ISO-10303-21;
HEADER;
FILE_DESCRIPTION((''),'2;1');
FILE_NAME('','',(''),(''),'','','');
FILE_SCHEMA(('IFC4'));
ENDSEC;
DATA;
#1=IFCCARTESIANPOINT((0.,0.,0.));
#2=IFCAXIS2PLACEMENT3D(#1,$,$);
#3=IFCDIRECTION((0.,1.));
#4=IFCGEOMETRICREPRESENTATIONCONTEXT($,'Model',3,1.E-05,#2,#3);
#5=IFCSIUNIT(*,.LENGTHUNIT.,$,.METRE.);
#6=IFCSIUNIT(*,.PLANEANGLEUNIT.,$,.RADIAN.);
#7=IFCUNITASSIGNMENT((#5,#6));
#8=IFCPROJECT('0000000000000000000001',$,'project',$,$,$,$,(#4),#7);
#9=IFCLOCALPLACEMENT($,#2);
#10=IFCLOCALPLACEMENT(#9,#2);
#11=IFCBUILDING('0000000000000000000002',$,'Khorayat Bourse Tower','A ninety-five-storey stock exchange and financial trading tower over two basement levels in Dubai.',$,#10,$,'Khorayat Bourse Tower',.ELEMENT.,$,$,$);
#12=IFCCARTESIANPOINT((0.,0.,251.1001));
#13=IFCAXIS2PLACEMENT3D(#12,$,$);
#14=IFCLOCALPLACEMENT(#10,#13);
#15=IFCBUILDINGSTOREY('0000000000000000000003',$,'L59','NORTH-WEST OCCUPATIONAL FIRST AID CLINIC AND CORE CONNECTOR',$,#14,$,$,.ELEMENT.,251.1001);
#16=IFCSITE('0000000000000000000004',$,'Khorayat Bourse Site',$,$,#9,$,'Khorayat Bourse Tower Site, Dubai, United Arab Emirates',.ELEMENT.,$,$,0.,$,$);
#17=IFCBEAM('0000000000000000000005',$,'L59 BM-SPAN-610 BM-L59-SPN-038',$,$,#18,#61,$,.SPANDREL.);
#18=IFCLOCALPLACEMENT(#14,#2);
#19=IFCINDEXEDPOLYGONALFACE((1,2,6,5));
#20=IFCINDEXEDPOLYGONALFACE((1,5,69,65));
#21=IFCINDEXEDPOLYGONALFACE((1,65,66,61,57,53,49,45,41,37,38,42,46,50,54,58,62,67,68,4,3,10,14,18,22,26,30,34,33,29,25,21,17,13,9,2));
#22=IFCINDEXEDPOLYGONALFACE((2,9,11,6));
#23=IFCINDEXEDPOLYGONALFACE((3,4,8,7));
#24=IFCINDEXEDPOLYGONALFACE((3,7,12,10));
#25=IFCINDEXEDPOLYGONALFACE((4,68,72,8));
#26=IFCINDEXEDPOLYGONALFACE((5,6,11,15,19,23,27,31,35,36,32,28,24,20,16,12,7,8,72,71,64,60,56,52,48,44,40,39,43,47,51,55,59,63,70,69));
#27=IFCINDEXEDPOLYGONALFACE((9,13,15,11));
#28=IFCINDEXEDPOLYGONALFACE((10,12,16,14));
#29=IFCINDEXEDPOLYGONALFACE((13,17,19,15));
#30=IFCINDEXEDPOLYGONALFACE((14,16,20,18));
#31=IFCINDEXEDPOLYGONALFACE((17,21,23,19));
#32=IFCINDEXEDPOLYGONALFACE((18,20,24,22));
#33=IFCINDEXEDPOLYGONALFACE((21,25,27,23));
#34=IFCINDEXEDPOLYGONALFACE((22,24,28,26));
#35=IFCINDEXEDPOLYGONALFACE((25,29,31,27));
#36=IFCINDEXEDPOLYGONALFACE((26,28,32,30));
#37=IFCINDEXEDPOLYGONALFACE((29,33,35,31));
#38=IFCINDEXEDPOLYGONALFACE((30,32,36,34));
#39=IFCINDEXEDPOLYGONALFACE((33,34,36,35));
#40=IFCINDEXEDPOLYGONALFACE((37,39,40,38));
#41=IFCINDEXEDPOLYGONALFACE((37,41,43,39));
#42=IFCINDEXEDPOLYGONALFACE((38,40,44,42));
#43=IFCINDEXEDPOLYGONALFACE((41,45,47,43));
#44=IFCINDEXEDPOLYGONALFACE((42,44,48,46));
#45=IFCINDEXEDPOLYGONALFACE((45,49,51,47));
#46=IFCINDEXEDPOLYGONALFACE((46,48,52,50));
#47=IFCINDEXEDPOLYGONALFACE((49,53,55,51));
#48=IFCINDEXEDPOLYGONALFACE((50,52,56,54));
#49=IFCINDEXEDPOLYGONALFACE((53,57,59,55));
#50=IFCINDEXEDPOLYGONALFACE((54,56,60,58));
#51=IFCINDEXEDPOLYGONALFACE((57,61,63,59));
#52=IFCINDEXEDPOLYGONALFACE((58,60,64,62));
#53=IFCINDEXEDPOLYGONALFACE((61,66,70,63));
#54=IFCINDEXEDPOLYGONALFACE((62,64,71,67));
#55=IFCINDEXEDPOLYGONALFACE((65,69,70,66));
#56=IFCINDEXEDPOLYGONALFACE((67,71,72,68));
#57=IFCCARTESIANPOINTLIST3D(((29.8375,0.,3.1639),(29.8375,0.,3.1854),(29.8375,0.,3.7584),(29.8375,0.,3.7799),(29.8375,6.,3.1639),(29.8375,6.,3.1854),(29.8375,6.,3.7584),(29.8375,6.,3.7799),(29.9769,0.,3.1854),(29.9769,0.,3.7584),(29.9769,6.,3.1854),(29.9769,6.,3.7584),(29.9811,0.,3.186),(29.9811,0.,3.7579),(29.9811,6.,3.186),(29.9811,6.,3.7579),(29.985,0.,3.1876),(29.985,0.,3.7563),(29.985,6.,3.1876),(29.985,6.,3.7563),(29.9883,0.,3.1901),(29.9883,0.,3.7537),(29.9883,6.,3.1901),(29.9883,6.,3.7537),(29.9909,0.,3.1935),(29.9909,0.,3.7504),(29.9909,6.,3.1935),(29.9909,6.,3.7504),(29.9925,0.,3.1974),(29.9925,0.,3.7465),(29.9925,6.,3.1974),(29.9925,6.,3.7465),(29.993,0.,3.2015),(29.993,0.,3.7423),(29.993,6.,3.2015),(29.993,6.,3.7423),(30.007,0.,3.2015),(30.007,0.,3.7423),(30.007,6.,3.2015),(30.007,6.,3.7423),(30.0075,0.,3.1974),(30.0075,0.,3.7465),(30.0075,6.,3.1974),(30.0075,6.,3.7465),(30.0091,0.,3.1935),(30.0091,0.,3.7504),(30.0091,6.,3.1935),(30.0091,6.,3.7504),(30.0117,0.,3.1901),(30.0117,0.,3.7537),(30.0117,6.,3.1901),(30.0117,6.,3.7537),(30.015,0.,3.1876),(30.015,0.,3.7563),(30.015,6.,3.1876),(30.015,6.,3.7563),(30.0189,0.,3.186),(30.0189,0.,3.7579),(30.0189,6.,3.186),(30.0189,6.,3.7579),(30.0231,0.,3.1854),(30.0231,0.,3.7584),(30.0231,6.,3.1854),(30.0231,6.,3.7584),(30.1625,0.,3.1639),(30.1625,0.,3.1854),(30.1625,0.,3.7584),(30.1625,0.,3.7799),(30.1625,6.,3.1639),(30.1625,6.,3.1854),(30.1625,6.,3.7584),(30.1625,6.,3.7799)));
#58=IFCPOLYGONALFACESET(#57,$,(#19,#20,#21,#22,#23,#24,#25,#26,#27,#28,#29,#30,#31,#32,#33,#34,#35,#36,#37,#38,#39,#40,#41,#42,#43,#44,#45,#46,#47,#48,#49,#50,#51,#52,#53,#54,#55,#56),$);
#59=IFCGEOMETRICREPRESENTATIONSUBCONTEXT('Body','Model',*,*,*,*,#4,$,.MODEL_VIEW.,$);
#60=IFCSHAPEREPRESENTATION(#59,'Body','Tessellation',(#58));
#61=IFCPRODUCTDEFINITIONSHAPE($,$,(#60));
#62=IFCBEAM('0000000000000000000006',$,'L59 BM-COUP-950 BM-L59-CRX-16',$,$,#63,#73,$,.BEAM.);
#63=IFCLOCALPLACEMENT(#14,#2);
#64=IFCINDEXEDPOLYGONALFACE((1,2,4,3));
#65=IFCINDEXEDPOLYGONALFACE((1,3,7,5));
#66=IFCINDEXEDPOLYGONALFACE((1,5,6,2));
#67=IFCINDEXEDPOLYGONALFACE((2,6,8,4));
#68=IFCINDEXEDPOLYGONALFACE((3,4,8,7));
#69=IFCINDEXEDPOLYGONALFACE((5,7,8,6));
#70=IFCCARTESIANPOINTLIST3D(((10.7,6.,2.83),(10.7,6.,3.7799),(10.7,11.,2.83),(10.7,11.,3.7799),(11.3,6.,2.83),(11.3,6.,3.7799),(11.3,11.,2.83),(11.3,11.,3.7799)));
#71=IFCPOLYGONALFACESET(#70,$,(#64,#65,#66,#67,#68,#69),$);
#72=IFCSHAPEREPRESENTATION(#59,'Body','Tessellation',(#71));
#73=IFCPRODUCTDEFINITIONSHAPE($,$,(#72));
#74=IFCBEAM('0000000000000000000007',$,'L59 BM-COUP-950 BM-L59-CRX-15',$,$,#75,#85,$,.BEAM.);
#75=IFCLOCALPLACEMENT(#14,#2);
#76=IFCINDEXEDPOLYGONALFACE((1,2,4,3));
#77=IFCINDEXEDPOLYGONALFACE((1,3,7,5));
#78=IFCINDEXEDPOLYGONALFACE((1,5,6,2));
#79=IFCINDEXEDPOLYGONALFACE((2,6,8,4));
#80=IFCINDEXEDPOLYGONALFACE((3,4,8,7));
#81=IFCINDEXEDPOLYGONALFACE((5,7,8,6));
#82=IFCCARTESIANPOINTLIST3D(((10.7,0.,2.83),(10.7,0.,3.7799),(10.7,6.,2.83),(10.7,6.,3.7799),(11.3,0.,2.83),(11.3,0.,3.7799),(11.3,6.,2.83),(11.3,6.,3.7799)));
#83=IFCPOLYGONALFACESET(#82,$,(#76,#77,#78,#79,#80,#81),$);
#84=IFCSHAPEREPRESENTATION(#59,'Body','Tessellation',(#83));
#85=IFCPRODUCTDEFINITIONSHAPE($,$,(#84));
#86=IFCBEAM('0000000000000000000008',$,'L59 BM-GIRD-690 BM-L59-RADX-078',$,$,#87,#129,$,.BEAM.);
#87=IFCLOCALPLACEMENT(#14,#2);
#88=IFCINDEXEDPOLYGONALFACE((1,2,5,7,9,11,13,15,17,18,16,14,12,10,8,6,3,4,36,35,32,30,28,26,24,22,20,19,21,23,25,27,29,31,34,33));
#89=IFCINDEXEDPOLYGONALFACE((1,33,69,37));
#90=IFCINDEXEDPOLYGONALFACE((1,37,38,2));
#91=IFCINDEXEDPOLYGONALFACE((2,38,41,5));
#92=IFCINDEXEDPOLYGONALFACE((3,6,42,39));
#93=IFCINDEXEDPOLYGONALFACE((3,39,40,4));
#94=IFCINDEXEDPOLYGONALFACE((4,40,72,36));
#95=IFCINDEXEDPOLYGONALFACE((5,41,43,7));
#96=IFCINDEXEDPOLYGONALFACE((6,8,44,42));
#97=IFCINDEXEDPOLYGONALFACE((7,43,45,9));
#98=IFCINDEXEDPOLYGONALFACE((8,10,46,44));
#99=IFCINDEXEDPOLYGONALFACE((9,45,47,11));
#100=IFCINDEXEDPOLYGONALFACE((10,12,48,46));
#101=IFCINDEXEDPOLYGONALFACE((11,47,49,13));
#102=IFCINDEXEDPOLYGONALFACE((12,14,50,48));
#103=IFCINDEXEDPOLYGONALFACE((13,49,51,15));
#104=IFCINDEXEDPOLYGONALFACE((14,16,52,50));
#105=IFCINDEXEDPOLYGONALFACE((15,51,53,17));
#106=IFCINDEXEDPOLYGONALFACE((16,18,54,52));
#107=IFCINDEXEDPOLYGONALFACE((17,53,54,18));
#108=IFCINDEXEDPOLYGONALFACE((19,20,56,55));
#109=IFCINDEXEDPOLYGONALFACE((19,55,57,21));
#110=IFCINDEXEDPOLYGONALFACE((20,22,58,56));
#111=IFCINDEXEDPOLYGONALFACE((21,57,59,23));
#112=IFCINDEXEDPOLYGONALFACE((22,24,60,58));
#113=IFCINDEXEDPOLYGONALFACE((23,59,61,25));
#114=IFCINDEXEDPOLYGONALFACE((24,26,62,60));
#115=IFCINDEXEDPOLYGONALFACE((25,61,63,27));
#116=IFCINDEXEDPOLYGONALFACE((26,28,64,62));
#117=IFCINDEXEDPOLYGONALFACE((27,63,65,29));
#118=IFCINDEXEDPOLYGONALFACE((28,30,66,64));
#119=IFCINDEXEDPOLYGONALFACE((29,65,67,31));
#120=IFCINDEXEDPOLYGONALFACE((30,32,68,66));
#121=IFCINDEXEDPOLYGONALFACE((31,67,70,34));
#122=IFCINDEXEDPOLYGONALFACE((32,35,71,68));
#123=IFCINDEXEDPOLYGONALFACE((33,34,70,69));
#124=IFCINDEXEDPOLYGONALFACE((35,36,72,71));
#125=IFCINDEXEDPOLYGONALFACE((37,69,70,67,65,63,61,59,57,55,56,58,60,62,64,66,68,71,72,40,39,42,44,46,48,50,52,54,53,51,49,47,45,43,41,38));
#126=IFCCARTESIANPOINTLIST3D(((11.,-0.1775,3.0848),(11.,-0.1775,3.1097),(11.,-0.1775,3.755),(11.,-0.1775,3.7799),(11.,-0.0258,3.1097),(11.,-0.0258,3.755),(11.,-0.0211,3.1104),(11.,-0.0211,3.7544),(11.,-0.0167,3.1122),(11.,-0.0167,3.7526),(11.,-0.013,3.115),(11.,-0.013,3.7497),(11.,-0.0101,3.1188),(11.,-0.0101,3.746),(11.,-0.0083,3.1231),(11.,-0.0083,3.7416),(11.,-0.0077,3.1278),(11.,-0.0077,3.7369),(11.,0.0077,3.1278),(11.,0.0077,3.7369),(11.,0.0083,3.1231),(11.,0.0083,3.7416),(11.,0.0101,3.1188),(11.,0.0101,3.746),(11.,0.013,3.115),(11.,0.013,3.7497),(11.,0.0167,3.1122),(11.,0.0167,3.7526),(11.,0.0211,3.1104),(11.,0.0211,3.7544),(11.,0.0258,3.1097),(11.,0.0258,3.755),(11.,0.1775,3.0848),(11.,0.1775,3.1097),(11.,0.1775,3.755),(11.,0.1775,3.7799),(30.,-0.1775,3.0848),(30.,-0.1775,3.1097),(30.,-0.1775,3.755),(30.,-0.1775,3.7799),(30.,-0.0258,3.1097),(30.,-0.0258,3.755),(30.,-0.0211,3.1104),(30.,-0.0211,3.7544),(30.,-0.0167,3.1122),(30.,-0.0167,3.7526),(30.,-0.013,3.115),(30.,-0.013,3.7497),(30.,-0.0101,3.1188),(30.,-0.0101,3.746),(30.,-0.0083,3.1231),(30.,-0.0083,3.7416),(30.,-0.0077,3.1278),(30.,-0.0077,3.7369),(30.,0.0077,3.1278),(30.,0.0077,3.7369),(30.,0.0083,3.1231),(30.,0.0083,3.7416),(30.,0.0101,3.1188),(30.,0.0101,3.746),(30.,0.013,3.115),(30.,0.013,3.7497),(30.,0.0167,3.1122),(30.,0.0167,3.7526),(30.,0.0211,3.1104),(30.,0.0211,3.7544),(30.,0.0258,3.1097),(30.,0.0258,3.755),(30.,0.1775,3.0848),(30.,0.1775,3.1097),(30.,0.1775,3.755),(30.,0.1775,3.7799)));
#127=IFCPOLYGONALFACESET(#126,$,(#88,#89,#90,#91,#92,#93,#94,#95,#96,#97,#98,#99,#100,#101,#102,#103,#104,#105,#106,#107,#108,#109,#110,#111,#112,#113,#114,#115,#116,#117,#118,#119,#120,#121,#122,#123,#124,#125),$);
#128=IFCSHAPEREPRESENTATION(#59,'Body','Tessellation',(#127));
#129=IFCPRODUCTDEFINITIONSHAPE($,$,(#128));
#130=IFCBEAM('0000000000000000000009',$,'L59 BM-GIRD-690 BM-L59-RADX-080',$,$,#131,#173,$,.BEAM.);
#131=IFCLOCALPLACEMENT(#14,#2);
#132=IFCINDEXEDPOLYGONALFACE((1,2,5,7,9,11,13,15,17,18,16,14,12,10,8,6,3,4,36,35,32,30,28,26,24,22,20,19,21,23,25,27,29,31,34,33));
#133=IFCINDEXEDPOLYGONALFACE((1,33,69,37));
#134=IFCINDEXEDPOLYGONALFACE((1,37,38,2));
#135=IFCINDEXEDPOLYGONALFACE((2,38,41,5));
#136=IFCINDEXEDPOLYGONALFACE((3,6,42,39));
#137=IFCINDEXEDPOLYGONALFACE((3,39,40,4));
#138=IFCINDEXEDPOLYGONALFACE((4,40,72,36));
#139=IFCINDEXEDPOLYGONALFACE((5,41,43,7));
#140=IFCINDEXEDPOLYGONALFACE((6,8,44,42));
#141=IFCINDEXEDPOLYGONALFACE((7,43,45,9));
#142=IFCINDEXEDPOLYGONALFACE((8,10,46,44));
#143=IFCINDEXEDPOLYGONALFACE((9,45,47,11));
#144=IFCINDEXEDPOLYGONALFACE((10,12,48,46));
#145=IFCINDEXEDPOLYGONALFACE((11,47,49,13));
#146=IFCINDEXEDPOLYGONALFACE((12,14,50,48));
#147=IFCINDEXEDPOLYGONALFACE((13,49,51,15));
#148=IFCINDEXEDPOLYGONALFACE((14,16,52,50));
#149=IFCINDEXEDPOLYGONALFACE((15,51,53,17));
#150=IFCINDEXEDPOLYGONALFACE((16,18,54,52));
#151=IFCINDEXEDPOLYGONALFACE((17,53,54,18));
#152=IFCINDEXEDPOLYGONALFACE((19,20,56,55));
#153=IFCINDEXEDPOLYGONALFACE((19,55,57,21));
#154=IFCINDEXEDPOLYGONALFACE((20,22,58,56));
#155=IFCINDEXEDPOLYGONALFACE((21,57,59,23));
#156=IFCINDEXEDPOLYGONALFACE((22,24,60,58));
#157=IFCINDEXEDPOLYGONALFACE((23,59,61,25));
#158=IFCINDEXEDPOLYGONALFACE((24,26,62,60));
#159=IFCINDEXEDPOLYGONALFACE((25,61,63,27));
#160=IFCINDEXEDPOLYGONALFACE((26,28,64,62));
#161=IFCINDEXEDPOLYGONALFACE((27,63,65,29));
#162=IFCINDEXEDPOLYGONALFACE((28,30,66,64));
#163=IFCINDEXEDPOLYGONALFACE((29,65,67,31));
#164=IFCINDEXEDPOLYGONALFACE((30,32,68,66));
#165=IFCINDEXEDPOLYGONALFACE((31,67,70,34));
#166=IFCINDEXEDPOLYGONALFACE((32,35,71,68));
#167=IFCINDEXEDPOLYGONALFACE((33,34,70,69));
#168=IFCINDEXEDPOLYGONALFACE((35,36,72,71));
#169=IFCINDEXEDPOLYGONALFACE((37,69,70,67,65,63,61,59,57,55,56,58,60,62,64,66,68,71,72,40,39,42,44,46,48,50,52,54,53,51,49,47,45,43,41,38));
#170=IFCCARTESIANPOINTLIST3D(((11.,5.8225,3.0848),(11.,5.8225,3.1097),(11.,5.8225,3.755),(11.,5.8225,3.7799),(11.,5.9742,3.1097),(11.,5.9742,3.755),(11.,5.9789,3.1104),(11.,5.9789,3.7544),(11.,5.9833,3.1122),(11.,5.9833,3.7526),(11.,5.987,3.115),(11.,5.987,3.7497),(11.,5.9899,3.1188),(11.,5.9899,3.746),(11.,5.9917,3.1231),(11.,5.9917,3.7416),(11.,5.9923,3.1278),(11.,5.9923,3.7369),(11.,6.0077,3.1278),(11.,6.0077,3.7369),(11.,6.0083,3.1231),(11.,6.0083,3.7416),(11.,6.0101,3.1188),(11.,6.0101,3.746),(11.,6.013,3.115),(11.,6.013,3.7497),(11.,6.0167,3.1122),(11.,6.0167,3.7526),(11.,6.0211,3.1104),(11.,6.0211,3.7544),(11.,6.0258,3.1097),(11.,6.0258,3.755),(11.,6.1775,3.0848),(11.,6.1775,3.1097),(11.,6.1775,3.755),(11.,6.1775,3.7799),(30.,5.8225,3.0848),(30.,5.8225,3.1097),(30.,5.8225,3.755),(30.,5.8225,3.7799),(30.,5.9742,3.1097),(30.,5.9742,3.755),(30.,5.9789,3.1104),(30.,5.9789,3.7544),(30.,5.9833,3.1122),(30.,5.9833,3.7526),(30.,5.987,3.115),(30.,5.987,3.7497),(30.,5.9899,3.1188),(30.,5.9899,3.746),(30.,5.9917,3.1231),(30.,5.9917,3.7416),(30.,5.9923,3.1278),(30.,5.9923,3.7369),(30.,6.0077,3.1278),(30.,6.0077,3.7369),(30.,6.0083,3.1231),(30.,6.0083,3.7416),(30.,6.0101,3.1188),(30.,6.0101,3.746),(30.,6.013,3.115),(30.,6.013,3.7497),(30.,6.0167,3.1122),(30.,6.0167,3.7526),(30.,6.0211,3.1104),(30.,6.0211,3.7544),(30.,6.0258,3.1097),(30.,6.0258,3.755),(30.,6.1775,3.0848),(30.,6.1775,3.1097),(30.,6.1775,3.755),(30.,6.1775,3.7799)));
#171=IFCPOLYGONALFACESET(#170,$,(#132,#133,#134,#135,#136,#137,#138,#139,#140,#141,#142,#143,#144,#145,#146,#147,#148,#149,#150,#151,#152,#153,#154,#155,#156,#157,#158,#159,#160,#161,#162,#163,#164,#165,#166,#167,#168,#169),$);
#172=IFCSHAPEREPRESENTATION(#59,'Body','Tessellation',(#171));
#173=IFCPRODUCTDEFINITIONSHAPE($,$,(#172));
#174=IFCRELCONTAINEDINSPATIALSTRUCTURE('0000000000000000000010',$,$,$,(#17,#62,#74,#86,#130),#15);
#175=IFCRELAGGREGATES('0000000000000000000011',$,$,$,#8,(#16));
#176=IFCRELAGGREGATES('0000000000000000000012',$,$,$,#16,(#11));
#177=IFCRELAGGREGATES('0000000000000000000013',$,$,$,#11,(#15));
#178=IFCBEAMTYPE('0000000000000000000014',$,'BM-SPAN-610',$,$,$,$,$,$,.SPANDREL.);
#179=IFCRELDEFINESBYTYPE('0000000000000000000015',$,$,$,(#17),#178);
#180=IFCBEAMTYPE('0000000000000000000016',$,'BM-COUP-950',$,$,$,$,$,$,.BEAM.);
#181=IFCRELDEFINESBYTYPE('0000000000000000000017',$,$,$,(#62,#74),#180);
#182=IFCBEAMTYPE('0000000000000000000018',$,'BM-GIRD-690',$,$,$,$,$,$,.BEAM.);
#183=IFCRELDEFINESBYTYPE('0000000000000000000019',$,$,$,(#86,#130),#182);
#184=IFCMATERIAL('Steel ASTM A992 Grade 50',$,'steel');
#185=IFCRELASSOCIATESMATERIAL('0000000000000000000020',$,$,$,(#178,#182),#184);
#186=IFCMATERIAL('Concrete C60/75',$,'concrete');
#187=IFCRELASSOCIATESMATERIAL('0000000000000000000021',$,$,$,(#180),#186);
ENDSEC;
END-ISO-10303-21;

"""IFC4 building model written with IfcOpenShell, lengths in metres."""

from ifc_helpers import new_model, si_unit, direction, frame, origin, origin_2d, place, context, subcontext, project, spatial, rectangle, i_section, extrude, source, transform, mapped, material, material_profile, profile_set, type_object, element, save


model = new_model("IFC4")

# Units and contexts
model_context = context("Model", 3, precision=1e-05, world=origin(), true_north=direction((0.0, 1.0)))
body_context = subcontext(model_context, "Body", "Model", "MODEL_VIEW")
ifc_project = project(units=[si_unit("LENGTHUNIT", "METRE"), si_unit("PLANEANGLEUNIT", "RADIAN")], contexts=[model_context])

# Site, building, storey
site_placement = place(None, origin())
site = spatial("IfcSite", under=ifc_project, at=site_placement, Name="Khorayat Bourse Site", LongName="Khorayat Bourse Tower Site, Dubai, United Arab Emirates", CompositionType="ELEMENT", RefElevation=0.0)
building_placement = place(site_placement, origin())
building = spatial("IfcBuilding", under=site, at=building_placement, Name="Khorayat Bourse Tower", Description="A ninety-five-storey stock exchange and financial trading tower over two basement levels in Dubai.", LongName="Khorayat Bourse Tower", CompositionType="ELEMENT")
storey_placement = place(building_placement, frame((0.0, 0.0, 251.1001)))
storey = spatial("IfcBuildingStorey", under=building, at=storey_placement, Name="L59", Description="NORTH-WEST OCCUPATIONAL FIRST AID CLINIC AND CORE CONNECTOR", CompositionType="ELEMENT", Elevation=251.1001)

# Shared definitions
ifc_material_1 = material(Name="Concrete C60/75", Category="concrete")

# Beams
ifc_material_2 = material(Name="Steel ASTM A992 Grade 50", Category="steel")
ifc_material_profile_1 = material_profile(ifc_material_2, i_section(OverallWidth=0.325, OverallDepth=0.616, WebThickness=0.0139, FlangeThickness=0.0215, FilletRadius=0.0161, at=origin_2d()), Name="W610X174")
ifc_profile_set_1 = profile_set([ifc_material_profile_1], Name="Steel ASTM A992 Grade 50")
beam_type_1 = type_object("IfcBeamType", Name="BM-SPAN-610", PredefinedType="SPANDREL", material=ifc_profile_set_1)
shared_shape_1 = source(origin(), body_context, "Body", "SweptSolid", [
    extrude(i_section(OverallWidth=0.325, OverallDepth=0.616, WebThickness=0.0139, FlangeThickness=0.0215, FilletRadius=0.0161, at=origin_2d()), origin(), (0.0, 0.0, 1.0), 6.0),
])
beam_1_placement = place(storey_placement, frame((30.0, 0.0, 3.4719), z_axis=(0.0, 1.0, 0.0), x_axis=(-1.0, 0.0, 0.0)))
element("IfcBeam", 1, at=beam_1_placement, inside=storey, type_object=beam_type_1, Name="L59 BM-SPAN-610 BM-L59-SPN-038", PredefinedType="SPANDREL", context=body_context, shape_type="MappedRepresentation", body=[
    mapped(shared_shape_1, transform((0.0, 0.0, 0.0), scale=1.0)),
])
ifc_material_profile_2 = material_profile(ifc_material_1, rectangle(XDim=0.6001, YDim=0.95, at=origin_2d()), Name="RC 600x950")
ifc_profile_set_2 = profile_set([ifc_material_profile_2], Name="Concrete C60/75")
beam_type_2 = type_object("IfcBeamType", Name="BM-COUP-950", PredefinedType="BEAM", material=ifc_profile_set_2)
shared_shape_2 = source(origin(), body_context, "Body", "SweptSolid", [
    extrude(rectangle(XDim=0.6001, YDim=0.95, at=origin_2d()), origin(), (0.0, 0.0, 1.0), 5.0),
])
beam_2_placement = place(storey_placement, frame((11.0, 6.0, 3.3049), z_axis=(0.0, 1.0, 0.0), x_axis=(-1.0, 0.0, 0.0)))
element("IfcBeam", 2, at=beam_2_placement, inside=storey, type_object=beam_type_2, Name="L59 BM-COUP-950 BM-L59-CRX-16", PredefinedType="BEAM", context=body_context, shape_type="MappedRepresentation", body=[
    mapped(shared_shape_2, transform((0.0, 0.0, 0.0), scale=1.0)),
])
shared_shape_3 = source(origin(), body_context, "Body", "SweptSolid", [
    extrude(rectangle(XDim=0.6001, YDim=0.95, at=origin_2d()), origin(), (0.0, 0.0, 1.0), 6.0),
])
beam_3_placement = place(storey_placement, frame((11.0, 0.0, 3.3049), z_axis=(0.0, 1.0, 0.0), x_axis=(-1.0, 0.0, 0.0)))
element("IfcBeam", 3, at=beam_3_placement, inside=storey, type_object=beam_type_2, Name="L59 BM-COUP-950 BM-L59-CRX-15", PredefinedType="BEAM", context=body_context, shape_type="MappedRepresentation", body=[
    mapped(shared_shape_3, transform((0.0, 0.0, 0.0), scale=1.0)),
])
ifc_material_profile_3 = material_profile(ifc_material_2, i_section(OverallWidth=0.355, OverallDepth=0.6951, WebThickness=0.0154, FlangeThickness=0.0249, FilletRadius=0.0181, at=origin_2d()), Name="W690X217")
ifc_profile_set_3 = profile_set([ifc_material_profile_3], Name="Steel ASTM A992 Grade 50")
beam_type_3 = type_object("IfcBeamType", Name="BM-GIRD-690", PredefinedType="BEAM", material=ifc_profile_set_3)
shared_shape_4 = source(origin(), body_context, "Body", "SweptSolid", [
    extrude(i_section(OverallWidth=0.355, OverallDepth=0.6951, WebThickness=0.0154, FlangeThickness=0.0249, FilletRadius=0.0181, at=origin_2d()), origin(), (0.0, 0.0, 1.0), 19.0),
])
for number, where, z_axis, x_axis, name in (
    (4, (11.0, 0.0, 3.4324), (1.0, 0.0, 0.0), (0.0, 1.0, 0.0), "L59 BM-GIRD-690 BM-L59-RADX-078"),
    (5, (11.0, 6.0, 3.4324), (1.0, 0.0, 0.0), (0.0, 1.0, 0.0), "L59 BM-GIRD-690 BM-L59-RADX-080"),
):
    element("IfcBeam", number, at=place(storey_placement, frame(where, z_axis=z_axis, x_axis=x_axis)), inside=storey, type_object=beam_type_3, Name=name, PredefinedType="BEAM", context=body_context, shape_type="MappedRepresentation", body=[
        mapped(shared_shape_4, transform((0.0, 0.0, 0.0), scale=1.0)),
    ])

save(model, "model.ifc")
